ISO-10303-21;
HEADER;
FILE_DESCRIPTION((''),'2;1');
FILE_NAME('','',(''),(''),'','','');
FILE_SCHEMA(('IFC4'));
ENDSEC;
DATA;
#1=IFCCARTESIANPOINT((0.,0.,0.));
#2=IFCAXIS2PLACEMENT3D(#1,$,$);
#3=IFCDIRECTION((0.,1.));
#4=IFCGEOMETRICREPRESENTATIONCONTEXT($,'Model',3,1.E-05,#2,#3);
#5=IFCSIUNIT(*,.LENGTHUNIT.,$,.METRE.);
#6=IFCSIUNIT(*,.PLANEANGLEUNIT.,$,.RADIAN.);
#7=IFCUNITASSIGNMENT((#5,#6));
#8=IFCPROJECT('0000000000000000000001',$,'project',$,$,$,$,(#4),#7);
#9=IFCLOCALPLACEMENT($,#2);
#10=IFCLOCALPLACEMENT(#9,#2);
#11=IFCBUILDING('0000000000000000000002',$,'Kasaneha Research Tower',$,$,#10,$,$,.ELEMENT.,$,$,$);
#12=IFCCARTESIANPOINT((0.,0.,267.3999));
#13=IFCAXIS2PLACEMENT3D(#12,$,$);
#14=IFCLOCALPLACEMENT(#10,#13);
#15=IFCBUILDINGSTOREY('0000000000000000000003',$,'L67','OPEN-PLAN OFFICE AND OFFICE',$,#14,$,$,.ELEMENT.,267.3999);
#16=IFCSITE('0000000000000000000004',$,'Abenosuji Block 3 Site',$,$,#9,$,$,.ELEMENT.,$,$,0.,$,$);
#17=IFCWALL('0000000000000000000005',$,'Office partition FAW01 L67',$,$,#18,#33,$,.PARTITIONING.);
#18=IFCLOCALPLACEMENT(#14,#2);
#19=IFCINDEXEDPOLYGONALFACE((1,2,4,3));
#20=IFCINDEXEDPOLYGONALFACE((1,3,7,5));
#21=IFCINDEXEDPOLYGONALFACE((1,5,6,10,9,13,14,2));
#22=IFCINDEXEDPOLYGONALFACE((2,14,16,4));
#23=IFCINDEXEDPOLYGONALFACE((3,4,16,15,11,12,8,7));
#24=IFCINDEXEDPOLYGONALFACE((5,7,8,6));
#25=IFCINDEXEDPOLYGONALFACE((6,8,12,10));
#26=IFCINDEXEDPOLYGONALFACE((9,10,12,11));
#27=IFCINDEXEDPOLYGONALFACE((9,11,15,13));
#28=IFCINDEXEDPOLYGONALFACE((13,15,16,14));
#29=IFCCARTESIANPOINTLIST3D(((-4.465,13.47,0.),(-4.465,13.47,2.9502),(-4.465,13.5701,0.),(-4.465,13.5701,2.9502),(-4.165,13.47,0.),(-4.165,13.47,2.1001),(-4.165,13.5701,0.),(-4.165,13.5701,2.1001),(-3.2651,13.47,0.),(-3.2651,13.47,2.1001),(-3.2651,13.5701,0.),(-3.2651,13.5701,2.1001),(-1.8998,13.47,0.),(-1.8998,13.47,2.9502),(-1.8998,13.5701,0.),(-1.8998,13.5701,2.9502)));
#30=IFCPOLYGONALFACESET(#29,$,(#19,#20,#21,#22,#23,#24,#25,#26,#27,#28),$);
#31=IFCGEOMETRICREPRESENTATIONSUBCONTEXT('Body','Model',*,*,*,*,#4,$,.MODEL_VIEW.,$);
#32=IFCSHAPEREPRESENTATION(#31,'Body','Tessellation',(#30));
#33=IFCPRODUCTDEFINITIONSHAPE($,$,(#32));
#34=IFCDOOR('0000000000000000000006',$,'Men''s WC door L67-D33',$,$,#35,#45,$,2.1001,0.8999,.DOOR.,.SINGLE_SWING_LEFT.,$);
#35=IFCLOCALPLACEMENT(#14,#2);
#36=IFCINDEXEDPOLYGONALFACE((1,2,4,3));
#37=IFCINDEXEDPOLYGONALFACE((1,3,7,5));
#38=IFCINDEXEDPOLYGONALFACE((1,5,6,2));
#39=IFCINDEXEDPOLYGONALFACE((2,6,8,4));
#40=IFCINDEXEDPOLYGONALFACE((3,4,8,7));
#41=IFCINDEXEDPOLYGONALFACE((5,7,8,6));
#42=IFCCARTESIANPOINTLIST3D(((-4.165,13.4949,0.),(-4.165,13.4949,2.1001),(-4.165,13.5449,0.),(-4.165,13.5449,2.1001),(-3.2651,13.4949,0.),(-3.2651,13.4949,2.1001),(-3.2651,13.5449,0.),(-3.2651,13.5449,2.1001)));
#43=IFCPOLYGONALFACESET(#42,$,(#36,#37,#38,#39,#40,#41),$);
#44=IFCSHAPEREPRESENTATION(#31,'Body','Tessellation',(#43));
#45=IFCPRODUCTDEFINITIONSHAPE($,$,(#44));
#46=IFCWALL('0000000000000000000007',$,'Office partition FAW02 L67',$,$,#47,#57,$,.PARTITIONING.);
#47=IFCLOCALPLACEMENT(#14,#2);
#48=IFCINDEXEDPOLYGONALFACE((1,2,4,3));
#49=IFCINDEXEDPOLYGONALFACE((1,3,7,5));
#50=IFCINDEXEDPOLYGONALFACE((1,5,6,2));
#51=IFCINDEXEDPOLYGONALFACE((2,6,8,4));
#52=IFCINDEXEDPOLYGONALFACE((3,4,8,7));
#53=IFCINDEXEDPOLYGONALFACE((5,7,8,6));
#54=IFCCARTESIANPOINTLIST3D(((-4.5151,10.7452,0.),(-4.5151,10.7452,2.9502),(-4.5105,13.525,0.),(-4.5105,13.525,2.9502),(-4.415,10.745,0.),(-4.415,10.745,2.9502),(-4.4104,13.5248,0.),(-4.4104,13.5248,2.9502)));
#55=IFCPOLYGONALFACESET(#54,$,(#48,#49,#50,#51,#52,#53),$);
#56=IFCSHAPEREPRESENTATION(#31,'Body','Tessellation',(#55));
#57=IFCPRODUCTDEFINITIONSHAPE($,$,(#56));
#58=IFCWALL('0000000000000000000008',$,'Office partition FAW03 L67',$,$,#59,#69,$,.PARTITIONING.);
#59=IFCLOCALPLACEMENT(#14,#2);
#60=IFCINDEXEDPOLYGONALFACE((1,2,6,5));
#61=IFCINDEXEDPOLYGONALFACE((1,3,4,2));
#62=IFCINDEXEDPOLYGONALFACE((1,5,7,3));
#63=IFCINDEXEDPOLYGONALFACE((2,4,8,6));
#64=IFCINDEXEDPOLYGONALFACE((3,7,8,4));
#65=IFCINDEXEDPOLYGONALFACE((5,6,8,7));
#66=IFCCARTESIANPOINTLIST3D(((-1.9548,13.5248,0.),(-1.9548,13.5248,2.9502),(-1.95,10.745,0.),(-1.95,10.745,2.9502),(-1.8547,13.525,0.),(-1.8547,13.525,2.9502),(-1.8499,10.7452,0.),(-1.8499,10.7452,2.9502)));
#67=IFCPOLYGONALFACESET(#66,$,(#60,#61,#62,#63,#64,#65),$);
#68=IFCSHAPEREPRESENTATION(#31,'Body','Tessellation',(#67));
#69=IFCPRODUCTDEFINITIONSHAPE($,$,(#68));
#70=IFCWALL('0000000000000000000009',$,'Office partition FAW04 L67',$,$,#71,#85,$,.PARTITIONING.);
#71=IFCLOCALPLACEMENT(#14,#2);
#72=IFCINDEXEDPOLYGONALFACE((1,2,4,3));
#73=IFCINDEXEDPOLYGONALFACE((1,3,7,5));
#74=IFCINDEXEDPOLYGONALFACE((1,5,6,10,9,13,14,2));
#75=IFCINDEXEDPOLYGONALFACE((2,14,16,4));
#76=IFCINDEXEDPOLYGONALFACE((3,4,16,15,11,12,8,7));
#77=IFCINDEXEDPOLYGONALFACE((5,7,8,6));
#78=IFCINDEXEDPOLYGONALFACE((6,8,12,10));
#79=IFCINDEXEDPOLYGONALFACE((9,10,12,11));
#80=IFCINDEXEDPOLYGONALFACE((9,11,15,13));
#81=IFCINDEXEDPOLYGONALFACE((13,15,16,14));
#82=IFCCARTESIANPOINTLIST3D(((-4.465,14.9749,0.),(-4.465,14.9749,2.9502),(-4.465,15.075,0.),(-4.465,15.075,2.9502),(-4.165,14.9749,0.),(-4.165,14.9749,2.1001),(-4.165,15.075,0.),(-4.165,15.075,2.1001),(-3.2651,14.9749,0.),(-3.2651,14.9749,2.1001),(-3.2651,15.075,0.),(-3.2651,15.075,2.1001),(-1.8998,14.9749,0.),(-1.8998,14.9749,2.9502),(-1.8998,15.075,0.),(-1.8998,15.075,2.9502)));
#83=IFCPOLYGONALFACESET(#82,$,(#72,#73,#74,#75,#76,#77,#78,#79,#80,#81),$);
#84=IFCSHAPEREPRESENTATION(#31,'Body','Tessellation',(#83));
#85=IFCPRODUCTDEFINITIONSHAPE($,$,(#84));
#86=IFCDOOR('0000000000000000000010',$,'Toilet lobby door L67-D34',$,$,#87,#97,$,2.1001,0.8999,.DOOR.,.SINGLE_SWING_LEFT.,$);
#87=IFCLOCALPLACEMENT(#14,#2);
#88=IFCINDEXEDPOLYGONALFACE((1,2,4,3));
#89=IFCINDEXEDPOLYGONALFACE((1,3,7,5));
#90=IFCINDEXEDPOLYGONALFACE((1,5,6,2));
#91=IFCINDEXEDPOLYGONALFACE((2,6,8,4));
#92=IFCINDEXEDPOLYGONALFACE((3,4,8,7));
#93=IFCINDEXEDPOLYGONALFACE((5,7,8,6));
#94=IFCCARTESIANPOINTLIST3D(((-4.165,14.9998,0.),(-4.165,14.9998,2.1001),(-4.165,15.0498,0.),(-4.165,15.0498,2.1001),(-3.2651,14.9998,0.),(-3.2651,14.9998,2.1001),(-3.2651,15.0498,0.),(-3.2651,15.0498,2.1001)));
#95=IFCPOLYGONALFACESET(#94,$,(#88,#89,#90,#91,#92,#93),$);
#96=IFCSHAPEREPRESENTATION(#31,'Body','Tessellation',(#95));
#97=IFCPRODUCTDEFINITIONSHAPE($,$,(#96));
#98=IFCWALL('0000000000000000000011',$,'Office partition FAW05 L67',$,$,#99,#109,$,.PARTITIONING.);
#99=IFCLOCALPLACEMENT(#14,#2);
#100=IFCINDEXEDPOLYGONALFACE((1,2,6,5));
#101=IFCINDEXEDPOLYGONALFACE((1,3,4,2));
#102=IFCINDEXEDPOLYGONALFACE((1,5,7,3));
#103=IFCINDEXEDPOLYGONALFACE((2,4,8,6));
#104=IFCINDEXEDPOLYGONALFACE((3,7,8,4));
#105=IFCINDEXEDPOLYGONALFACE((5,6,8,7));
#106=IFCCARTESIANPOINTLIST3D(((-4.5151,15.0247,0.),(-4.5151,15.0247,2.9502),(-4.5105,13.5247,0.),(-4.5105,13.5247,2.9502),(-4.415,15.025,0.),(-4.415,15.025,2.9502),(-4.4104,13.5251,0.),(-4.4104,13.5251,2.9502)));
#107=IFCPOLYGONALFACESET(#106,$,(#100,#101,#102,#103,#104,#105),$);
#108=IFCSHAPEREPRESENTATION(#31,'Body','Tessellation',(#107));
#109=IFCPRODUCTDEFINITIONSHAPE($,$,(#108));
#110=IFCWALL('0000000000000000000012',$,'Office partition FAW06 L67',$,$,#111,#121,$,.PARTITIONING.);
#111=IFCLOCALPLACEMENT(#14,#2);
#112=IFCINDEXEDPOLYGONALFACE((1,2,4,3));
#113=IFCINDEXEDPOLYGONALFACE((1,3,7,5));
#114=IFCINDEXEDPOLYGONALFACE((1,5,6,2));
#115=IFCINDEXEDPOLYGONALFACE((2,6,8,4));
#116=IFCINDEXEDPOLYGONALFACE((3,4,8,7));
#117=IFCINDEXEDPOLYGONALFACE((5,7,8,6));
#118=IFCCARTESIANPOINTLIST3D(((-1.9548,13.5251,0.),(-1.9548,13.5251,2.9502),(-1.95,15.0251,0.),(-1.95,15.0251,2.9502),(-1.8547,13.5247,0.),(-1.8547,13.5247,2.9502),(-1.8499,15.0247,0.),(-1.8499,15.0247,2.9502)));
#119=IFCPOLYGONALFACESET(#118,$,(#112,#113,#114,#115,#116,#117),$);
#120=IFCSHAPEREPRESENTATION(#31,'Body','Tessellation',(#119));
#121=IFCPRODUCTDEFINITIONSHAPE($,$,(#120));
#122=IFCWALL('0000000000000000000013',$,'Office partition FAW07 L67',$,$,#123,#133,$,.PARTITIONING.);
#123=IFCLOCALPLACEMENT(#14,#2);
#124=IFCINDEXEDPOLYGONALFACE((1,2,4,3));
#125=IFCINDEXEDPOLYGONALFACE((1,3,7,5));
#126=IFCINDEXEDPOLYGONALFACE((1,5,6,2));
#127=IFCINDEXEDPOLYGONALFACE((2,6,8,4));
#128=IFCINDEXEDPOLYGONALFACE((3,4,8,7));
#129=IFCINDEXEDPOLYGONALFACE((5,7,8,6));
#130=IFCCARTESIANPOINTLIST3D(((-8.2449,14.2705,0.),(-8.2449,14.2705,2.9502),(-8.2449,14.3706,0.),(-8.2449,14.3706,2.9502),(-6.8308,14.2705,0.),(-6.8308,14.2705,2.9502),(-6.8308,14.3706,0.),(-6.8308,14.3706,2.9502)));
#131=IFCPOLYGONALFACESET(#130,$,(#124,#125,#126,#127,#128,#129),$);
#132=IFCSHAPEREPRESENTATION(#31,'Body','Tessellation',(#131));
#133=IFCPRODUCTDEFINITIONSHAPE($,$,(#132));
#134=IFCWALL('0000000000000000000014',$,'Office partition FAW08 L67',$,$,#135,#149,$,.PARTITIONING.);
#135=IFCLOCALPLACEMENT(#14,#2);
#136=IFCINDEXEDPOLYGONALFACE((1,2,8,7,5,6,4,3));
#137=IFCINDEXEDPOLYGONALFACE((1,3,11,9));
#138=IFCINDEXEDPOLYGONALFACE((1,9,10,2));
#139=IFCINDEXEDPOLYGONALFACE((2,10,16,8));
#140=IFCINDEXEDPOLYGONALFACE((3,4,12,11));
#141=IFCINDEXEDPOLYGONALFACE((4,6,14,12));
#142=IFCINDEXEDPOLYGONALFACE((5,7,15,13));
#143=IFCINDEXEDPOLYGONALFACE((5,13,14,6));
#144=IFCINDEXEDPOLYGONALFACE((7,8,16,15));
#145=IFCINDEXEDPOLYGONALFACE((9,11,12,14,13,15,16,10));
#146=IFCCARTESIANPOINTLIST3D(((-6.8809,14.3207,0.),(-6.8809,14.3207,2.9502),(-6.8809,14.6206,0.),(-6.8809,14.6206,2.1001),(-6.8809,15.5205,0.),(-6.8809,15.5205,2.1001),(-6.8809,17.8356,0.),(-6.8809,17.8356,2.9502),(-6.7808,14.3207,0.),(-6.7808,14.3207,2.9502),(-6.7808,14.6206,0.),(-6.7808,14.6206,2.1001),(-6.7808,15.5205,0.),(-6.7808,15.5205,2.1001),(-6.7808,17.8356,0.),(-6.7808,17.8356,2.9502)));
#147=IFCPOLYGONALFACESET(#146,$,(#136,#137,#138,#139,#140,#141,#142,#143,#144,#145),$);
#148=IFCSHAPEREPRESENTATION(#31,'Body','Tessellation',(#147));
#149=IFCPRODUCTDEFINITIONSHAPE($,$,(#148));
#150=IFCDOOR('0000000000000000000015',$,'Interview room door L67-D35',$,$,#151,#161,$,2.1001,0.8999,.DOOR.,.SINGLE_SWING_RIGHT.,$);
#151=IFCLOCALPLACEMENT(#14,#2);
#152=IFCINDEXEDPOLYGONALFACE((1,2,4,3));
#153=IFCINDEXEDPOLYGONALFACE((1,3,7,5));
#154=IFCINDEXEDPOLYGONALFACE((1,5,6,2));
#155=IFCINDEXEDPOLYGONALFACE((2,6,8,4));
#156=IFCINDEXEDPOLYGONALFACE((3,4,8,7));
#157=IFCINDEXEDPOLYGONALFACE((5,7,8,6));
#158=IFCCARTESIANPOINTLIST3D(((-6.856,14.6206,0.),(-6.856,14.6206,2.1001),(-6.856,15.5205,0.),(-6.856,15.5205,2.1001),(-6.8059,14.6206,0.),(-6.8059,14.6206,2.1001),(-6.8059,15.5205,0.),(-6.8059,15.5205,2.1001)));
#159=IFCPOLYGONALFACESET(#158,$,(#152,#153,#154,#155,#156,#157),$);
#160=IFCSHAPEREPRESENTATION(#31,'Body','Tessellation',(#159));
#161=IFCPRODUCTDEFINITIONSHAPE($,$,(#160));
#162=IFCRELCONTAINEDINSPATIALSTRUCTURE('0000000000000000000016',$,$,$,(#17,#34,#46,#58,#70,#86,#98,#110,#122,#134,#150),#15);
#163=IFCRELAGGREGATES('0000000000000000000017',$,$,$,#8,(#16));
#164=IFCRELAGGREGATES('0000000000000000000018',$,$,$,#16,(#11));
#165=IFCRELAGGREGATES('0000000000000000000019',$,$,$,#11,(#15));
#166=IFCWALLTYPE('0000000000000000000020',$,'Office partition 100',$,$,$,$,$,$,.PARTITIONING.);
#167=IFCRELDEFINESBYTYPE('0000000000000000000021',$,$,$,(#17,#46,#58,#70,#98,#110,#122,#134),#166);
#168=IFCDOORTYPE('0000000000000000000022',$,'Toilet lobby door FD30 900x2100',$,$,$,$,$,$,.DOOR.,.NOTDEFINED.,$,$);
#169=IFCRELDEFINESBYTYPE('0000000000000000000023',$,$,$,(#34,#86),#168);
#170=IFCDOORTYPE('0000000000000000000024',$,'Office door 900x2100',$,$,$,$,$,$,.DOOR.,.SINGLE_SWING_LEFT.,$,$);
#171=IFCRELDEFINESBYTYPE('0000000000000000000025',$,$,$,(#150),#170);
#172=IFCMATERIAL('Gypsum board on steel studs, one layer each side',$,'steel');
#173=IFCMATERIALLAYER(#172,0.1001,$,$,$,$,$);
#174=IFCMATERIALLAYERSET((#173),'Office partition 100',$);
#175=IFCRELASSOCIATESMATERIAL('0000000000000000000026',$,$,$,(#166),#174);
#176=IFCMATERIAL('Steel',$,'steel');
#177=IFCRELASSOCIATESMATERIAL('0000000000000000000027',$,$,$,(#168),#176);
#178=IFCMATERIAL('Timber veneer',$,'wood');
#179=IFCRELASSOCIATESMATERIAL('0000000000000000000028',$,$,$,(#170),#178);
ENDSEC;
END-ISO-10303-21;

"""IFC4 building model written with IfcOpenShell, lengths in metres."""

from ifc_helpers import new_model, si_unit, direction, frame, frame_2d, origin, place, context, subcontext, project, spatial, rectangle, extrude, material, layer, layer_set, type_object, element, fill, save


model = new_model("IFC4")

# Units and contexts
model_context = context("Model", 3, precision=1e-05, world=origin(), true_north=direction((0.0, 1.0)))
body_context = subcontext(model_context, "Body", "Model", "MODEL_VIEW")
ifc_project = project(units=[si_unit("LENGTHUNIT", "METRE"), si_unit("PLANEANGLEUNIT", "RADIAN")], contexts=[model_context])

# Site, building, storey
site_placement = place(None, origin())
site = spatial("IfcSite", under=ifc_project, at=site_placement, Name="Abenosuji Block 3 Site", CompositionType="ELEMENT", RefElevation=0.0)
building_placement = place(site_placement, origin())
building = spatial("IfcBuilding", under=site, at=building_placement, Name="Kasaneha Research Tower", CompositionType="ELEMENT")
storey_placement = place(building_placement, frame((0.0, 0.0, 267.3999)))
storey = spatial("IfcBuildingStorey", under=building, at=storey_placement, Name="L67", Description="OPEN-PLAN OFFICE AND OFFICE", CompositionType="ELEMENT", Elevation=267.3999)

# Shared definitions
ifc_material_1 = material(Name="Gypsum board on steel studs, one layer each side", Category="steel")
ifc_layer_1 = layer(ifc_material_1, 0.1001)
ifc_layer_set_1 = layer_set([ifc_layer_1], Name="Office partition 100")
wall_type_1 = type_object("IfcWallType", Name="Office partition 100", PredefinedType="PARTITIONING", material=ifc_layer_set_1)

# Wall, opening, door
wall_1_placement = place(storey_placement, frame((-4.4651, 13.52, 0.0), z_axis=(0.0, 0.0, 1.0), x_axis=(1.0, 0.0, 0.0)))
wall_1 = element("IfcWall", 1, at=wall_1_placement, inside=storey, type_object=wall_type_1, Name="Office partition FAW01 L67", PredefinedType="PARTITIONING", context=body_context, shape_type="SweptSolid", body=[
    extrude(rectangle(XDim=2.5652, YDim=0.1001, at=frame_2d((1.2827, 0.0))), origin(), (0.0, 0.0, 1.0), 2.9502),
])
opening_1_placement = place(wall_1_placement, frame((0.3, 0.0, 0.0)))
opening_1 = element("IfcOpeningElement", 2, at=opening_1_placement, cuts=wall_1, PredefinedType="OPENING", context=body_context, shape_type="SweptSolid", body=[
    extrude(rectangle(XDim=0.8999, YDim=2.1001, at=frame_2d((0.45, 1.05))), frame((0.0, 0.0601, 0.0), z_axis=(0.0, -1.0, 0.0), x_axis=(1.0, 0.0, 0.0)), (0.0, 0.0, 1.0), 0.1201),
])
ifc_material_2 = material(Name="Steel", Category="steel")
door_type_1 = type_object("IfcDoorType", Name="Toilet lobby door FD30 900x2100", OperationType="NOTDEFINED", PredefinedType="DOOR", material=ifc_material_2)
door_1_placement = place(opening_1_placement, origin())
door_1 = element("IfcDoor", 3, at=door_1_placement, inside=storey, type_object=door_type_1, Name="Men's WC door L67-D33", OperationType="SINGLE_SWING_LEFT", OverallHeight=2.1001, OverallWidth=0.8999, PredefinedType="DOOR", context=body_context, shape_type="SweptSolid", body=[
    extrude(rectangle(XDim=0.8999, YDim=2.1001, at=frame_2d((0.45, 1.05))), frame((0.0, 0.0249, 0.0), z_axis=(0.0, -1.0, 0.0), x_axis=(1.0, 0.0, 0.0)), (0.0, 0.0, 1.0), 0.05),
])
fill(opening_1, door_1)

# Walls
for number, where, z_axis, x_axis, name in (
    (4, (-4.4651, 10.7451, 0.0), (0.0, 0.0, 1.0), (0.001669, 0.999999, 0.0), "Office partition FAW02 L67"),
    (5, (-1.9048, 13.5249, 0.0), (0.0, 0.0, 1.0), (0.001757, -0.999998, 0.0), "Office partition FAW03 L67"),
):
    element("IfcWall", number, at=place(storey_placement, frame(where, z_axis=z_axis, x_axis=x_axis)), inside=storey, type_object=wall_type_1, Name=name, PredefinedType="PARTITIONING", context=body_context, shape_type="SweptSolid", body=[
        extrude(rectangle(XDim=2.7798, YDim=0.1001, at=frame_2d((1.3899, 0.0))), origin(), (0.0, 0.0, 1.0), 2.9502),
    ])

# Wall, opening, door
wall_2_placement = place(storey_placement, frame((-4.4651, 15.0249, 0.0), z_axis=(0.0, 0.0, 1.0), x_axis=(1.0, 0.0, 0.0)))
wall_2 = element("IfcWall", 6, at=wall_2_placement, inside=storey, type_object=wall_type_1, Name="Office partition FAW04 L67", PredefinedType="PARTITIONING", context=body_context, shape_type="SweptSolid", body=[
    extrude(rectangle(XDim=2.5652, YDim=0.1001, at=frame_2d((1.2827, 0.0))), origin(), (0.0, 0.0, 1.0), 2.9502),
])
opening_2_placement = place(wall_2_placement, frame((0.3, 0.0, 0.0)))
opening_2 = element("IfcOpeningElement", 7, at=opening_2_placement, cuts=wall_2, PredefinedType="OPENING", context=body_context, shape_type="SweptSolid", body=[
    extrude(rectangle(XDim=0.8999, YDim=2.1001, at=frame_2d((0.45, 1.05))), frame((0.0, 0.0601, 0.0), z_axis=(0.0, -1.0, 0.0), x_axis=(1.0, 0.0, 0.0)), (0.0, 0.0, 1.0), 0.1201),
])
door_2_placement = place(opening_2_placement, origin())
door_2 = element("IfcDoor", 8, at=door_2_placement, inside=storey, type_object=door_type_1, Name="Toilet lobby door L67-D34", OperationType="SINGLE_SWING_LEFT", OverallHeight=2.1001, OverallWidth=0.8999, PredefinedType="DOOR", context=body_context, shape_type="SweptSolid", body=[
    extrude(rectangle(XDim=0.8999, YDim=2.1001, at=frame_2d((0.45, 1.05))), frame((0.0, 0.0249, 0.0), z_axis=(0.0, -1.0, 0.0), x_axis=(1.0, 0.0, 0.0)), (0.0, 0.0, 1.0), 0.05),
])
fill(opening_2, door_2)

# Walls
for number, where, z_axis, x_axis, name in (
    (9, (-4.4604, 13.5249, 0.0), (0.0, 0.0, 1.0), (-0.003092, 0.999995, 0.0), "Office partition FAW05 L67"),
    (10, (-1.8999, 15.0249, 0.0), (0.0, 0.0, 1.0), (-0.003255, -0.999995, 0.0), "Office partition FAW06 L67"),
):
    element("IfcWall", number, at=place(storey_placement, frame(where, z_axis=z_axis, x_axis=x_axis)), inside=storey, type_object=wall_type_1, Name=name, PredefinedType="PARTITIONING", context=body_context, shape_type="SweptSolid", body=[
        extrude(rectangle(XDim=1.5, YDim=0.1001, at=frame_2d((0.75, 0.0))), origin(), (0.0, 0.0, 1.0), 2.9502),
    ])
wall_3_placement = place(storey_placement, frame((-6.8308, 14.3206, 0.0), z_axis=(0.0, 0.0, 1.0), x_axis=(-1.0, 0.0, 0.0)))
element("IfcWall", 11, at=wall_3_placement, inside=storey, type_object=wall_type_1, Name="Office partition FAW07 L67", PredefinedType="PARTITIONING", context=body_context, shape_type="SweptSolid", body=[
    extrude(rectangle(XDim=1.4141, YDim=0.1001, at=frame_2d((0.707, 0.0))), origin(), (0.0, 0.0, 1.0), 2.9502),
])

# Wall, opening, door
wall_4_placement = place(storey_placement, frame((-6.8308, 17.8354, 0.0), z_axis=(0.0, 0.0, 1.0), x_axis=(0.0, -1.0, 0.0)))
wall_4 = element("IfcWall", 12, at=wall_4_placement, inside=storey, type_object=wall_type_1, Name="Office partition FAW08 L67", PredefinedType="PARTITIONING", context=body_context, shape_type="SweptSolid", body=[
    extrude(rectangle(XDim=3.5149, YDim=0.1001, at=frame_2d((1.7573, 0.0))), origin(), (0.0, 0.0, 1.0), 2.9502),
])
opening_3_placement = place(wall_4_placement, frame((2.3149, 0.0, 0.0)))
opening_3 = element("IfcOpeningElement", 13, at=opening_3_placement, cuts=wall_4, PredefinedType="OPENING", context=body_context, shape_type="SweptSolid", body=[
    extrude(rectangle(XDim=0.8999, YDim=2.1001, at=frame_2d((0.45, 1.05))), frame((0.0, 0.0601, 0.0), z_axis=(0.0, -1.0, 0.0), x_axis=(1.0, 0.0, 0.0)), (0.0, 0.0, 1.0), 0.1201),
])
ifc_material_3 = material(Name="Timber veneer", Category="wood")
door_type_2 = type_object("IfcDoorType", Name="Office door 900x2100", OperationType="SINGLE_SWING_LEFT", PredefinedType="DOOR", material=ifc_material_3)
door_3_placement = place(opening_3_placement, origin())
door_3 = element("IfcDoor", 14, at=door_3_placement, inside=storey, type_object=door_type_2, Name="Interview room door L67-D35", OperationType="SINGLE_SWING_RIGHT", OverallHeight=2.1001, OverallWidth=0.8999, PredefinedType="DOOR", context=body_context, shape_type="SweptSolid", body=[
    extrude(rectangle(XDim=0.8999, YDim=2.1001, at=frame_2d((0.45, 1.05))), frame((0.0, 0.0249, 0.0), z_axis=(0.0, -1.0, 0.0), x_axis=(1.0, 0.0, 0.0)), (0.0, 0.0, 1.0), 0.05),
])
fill(opening_3, door_3)

save(model, "model.ifc")
